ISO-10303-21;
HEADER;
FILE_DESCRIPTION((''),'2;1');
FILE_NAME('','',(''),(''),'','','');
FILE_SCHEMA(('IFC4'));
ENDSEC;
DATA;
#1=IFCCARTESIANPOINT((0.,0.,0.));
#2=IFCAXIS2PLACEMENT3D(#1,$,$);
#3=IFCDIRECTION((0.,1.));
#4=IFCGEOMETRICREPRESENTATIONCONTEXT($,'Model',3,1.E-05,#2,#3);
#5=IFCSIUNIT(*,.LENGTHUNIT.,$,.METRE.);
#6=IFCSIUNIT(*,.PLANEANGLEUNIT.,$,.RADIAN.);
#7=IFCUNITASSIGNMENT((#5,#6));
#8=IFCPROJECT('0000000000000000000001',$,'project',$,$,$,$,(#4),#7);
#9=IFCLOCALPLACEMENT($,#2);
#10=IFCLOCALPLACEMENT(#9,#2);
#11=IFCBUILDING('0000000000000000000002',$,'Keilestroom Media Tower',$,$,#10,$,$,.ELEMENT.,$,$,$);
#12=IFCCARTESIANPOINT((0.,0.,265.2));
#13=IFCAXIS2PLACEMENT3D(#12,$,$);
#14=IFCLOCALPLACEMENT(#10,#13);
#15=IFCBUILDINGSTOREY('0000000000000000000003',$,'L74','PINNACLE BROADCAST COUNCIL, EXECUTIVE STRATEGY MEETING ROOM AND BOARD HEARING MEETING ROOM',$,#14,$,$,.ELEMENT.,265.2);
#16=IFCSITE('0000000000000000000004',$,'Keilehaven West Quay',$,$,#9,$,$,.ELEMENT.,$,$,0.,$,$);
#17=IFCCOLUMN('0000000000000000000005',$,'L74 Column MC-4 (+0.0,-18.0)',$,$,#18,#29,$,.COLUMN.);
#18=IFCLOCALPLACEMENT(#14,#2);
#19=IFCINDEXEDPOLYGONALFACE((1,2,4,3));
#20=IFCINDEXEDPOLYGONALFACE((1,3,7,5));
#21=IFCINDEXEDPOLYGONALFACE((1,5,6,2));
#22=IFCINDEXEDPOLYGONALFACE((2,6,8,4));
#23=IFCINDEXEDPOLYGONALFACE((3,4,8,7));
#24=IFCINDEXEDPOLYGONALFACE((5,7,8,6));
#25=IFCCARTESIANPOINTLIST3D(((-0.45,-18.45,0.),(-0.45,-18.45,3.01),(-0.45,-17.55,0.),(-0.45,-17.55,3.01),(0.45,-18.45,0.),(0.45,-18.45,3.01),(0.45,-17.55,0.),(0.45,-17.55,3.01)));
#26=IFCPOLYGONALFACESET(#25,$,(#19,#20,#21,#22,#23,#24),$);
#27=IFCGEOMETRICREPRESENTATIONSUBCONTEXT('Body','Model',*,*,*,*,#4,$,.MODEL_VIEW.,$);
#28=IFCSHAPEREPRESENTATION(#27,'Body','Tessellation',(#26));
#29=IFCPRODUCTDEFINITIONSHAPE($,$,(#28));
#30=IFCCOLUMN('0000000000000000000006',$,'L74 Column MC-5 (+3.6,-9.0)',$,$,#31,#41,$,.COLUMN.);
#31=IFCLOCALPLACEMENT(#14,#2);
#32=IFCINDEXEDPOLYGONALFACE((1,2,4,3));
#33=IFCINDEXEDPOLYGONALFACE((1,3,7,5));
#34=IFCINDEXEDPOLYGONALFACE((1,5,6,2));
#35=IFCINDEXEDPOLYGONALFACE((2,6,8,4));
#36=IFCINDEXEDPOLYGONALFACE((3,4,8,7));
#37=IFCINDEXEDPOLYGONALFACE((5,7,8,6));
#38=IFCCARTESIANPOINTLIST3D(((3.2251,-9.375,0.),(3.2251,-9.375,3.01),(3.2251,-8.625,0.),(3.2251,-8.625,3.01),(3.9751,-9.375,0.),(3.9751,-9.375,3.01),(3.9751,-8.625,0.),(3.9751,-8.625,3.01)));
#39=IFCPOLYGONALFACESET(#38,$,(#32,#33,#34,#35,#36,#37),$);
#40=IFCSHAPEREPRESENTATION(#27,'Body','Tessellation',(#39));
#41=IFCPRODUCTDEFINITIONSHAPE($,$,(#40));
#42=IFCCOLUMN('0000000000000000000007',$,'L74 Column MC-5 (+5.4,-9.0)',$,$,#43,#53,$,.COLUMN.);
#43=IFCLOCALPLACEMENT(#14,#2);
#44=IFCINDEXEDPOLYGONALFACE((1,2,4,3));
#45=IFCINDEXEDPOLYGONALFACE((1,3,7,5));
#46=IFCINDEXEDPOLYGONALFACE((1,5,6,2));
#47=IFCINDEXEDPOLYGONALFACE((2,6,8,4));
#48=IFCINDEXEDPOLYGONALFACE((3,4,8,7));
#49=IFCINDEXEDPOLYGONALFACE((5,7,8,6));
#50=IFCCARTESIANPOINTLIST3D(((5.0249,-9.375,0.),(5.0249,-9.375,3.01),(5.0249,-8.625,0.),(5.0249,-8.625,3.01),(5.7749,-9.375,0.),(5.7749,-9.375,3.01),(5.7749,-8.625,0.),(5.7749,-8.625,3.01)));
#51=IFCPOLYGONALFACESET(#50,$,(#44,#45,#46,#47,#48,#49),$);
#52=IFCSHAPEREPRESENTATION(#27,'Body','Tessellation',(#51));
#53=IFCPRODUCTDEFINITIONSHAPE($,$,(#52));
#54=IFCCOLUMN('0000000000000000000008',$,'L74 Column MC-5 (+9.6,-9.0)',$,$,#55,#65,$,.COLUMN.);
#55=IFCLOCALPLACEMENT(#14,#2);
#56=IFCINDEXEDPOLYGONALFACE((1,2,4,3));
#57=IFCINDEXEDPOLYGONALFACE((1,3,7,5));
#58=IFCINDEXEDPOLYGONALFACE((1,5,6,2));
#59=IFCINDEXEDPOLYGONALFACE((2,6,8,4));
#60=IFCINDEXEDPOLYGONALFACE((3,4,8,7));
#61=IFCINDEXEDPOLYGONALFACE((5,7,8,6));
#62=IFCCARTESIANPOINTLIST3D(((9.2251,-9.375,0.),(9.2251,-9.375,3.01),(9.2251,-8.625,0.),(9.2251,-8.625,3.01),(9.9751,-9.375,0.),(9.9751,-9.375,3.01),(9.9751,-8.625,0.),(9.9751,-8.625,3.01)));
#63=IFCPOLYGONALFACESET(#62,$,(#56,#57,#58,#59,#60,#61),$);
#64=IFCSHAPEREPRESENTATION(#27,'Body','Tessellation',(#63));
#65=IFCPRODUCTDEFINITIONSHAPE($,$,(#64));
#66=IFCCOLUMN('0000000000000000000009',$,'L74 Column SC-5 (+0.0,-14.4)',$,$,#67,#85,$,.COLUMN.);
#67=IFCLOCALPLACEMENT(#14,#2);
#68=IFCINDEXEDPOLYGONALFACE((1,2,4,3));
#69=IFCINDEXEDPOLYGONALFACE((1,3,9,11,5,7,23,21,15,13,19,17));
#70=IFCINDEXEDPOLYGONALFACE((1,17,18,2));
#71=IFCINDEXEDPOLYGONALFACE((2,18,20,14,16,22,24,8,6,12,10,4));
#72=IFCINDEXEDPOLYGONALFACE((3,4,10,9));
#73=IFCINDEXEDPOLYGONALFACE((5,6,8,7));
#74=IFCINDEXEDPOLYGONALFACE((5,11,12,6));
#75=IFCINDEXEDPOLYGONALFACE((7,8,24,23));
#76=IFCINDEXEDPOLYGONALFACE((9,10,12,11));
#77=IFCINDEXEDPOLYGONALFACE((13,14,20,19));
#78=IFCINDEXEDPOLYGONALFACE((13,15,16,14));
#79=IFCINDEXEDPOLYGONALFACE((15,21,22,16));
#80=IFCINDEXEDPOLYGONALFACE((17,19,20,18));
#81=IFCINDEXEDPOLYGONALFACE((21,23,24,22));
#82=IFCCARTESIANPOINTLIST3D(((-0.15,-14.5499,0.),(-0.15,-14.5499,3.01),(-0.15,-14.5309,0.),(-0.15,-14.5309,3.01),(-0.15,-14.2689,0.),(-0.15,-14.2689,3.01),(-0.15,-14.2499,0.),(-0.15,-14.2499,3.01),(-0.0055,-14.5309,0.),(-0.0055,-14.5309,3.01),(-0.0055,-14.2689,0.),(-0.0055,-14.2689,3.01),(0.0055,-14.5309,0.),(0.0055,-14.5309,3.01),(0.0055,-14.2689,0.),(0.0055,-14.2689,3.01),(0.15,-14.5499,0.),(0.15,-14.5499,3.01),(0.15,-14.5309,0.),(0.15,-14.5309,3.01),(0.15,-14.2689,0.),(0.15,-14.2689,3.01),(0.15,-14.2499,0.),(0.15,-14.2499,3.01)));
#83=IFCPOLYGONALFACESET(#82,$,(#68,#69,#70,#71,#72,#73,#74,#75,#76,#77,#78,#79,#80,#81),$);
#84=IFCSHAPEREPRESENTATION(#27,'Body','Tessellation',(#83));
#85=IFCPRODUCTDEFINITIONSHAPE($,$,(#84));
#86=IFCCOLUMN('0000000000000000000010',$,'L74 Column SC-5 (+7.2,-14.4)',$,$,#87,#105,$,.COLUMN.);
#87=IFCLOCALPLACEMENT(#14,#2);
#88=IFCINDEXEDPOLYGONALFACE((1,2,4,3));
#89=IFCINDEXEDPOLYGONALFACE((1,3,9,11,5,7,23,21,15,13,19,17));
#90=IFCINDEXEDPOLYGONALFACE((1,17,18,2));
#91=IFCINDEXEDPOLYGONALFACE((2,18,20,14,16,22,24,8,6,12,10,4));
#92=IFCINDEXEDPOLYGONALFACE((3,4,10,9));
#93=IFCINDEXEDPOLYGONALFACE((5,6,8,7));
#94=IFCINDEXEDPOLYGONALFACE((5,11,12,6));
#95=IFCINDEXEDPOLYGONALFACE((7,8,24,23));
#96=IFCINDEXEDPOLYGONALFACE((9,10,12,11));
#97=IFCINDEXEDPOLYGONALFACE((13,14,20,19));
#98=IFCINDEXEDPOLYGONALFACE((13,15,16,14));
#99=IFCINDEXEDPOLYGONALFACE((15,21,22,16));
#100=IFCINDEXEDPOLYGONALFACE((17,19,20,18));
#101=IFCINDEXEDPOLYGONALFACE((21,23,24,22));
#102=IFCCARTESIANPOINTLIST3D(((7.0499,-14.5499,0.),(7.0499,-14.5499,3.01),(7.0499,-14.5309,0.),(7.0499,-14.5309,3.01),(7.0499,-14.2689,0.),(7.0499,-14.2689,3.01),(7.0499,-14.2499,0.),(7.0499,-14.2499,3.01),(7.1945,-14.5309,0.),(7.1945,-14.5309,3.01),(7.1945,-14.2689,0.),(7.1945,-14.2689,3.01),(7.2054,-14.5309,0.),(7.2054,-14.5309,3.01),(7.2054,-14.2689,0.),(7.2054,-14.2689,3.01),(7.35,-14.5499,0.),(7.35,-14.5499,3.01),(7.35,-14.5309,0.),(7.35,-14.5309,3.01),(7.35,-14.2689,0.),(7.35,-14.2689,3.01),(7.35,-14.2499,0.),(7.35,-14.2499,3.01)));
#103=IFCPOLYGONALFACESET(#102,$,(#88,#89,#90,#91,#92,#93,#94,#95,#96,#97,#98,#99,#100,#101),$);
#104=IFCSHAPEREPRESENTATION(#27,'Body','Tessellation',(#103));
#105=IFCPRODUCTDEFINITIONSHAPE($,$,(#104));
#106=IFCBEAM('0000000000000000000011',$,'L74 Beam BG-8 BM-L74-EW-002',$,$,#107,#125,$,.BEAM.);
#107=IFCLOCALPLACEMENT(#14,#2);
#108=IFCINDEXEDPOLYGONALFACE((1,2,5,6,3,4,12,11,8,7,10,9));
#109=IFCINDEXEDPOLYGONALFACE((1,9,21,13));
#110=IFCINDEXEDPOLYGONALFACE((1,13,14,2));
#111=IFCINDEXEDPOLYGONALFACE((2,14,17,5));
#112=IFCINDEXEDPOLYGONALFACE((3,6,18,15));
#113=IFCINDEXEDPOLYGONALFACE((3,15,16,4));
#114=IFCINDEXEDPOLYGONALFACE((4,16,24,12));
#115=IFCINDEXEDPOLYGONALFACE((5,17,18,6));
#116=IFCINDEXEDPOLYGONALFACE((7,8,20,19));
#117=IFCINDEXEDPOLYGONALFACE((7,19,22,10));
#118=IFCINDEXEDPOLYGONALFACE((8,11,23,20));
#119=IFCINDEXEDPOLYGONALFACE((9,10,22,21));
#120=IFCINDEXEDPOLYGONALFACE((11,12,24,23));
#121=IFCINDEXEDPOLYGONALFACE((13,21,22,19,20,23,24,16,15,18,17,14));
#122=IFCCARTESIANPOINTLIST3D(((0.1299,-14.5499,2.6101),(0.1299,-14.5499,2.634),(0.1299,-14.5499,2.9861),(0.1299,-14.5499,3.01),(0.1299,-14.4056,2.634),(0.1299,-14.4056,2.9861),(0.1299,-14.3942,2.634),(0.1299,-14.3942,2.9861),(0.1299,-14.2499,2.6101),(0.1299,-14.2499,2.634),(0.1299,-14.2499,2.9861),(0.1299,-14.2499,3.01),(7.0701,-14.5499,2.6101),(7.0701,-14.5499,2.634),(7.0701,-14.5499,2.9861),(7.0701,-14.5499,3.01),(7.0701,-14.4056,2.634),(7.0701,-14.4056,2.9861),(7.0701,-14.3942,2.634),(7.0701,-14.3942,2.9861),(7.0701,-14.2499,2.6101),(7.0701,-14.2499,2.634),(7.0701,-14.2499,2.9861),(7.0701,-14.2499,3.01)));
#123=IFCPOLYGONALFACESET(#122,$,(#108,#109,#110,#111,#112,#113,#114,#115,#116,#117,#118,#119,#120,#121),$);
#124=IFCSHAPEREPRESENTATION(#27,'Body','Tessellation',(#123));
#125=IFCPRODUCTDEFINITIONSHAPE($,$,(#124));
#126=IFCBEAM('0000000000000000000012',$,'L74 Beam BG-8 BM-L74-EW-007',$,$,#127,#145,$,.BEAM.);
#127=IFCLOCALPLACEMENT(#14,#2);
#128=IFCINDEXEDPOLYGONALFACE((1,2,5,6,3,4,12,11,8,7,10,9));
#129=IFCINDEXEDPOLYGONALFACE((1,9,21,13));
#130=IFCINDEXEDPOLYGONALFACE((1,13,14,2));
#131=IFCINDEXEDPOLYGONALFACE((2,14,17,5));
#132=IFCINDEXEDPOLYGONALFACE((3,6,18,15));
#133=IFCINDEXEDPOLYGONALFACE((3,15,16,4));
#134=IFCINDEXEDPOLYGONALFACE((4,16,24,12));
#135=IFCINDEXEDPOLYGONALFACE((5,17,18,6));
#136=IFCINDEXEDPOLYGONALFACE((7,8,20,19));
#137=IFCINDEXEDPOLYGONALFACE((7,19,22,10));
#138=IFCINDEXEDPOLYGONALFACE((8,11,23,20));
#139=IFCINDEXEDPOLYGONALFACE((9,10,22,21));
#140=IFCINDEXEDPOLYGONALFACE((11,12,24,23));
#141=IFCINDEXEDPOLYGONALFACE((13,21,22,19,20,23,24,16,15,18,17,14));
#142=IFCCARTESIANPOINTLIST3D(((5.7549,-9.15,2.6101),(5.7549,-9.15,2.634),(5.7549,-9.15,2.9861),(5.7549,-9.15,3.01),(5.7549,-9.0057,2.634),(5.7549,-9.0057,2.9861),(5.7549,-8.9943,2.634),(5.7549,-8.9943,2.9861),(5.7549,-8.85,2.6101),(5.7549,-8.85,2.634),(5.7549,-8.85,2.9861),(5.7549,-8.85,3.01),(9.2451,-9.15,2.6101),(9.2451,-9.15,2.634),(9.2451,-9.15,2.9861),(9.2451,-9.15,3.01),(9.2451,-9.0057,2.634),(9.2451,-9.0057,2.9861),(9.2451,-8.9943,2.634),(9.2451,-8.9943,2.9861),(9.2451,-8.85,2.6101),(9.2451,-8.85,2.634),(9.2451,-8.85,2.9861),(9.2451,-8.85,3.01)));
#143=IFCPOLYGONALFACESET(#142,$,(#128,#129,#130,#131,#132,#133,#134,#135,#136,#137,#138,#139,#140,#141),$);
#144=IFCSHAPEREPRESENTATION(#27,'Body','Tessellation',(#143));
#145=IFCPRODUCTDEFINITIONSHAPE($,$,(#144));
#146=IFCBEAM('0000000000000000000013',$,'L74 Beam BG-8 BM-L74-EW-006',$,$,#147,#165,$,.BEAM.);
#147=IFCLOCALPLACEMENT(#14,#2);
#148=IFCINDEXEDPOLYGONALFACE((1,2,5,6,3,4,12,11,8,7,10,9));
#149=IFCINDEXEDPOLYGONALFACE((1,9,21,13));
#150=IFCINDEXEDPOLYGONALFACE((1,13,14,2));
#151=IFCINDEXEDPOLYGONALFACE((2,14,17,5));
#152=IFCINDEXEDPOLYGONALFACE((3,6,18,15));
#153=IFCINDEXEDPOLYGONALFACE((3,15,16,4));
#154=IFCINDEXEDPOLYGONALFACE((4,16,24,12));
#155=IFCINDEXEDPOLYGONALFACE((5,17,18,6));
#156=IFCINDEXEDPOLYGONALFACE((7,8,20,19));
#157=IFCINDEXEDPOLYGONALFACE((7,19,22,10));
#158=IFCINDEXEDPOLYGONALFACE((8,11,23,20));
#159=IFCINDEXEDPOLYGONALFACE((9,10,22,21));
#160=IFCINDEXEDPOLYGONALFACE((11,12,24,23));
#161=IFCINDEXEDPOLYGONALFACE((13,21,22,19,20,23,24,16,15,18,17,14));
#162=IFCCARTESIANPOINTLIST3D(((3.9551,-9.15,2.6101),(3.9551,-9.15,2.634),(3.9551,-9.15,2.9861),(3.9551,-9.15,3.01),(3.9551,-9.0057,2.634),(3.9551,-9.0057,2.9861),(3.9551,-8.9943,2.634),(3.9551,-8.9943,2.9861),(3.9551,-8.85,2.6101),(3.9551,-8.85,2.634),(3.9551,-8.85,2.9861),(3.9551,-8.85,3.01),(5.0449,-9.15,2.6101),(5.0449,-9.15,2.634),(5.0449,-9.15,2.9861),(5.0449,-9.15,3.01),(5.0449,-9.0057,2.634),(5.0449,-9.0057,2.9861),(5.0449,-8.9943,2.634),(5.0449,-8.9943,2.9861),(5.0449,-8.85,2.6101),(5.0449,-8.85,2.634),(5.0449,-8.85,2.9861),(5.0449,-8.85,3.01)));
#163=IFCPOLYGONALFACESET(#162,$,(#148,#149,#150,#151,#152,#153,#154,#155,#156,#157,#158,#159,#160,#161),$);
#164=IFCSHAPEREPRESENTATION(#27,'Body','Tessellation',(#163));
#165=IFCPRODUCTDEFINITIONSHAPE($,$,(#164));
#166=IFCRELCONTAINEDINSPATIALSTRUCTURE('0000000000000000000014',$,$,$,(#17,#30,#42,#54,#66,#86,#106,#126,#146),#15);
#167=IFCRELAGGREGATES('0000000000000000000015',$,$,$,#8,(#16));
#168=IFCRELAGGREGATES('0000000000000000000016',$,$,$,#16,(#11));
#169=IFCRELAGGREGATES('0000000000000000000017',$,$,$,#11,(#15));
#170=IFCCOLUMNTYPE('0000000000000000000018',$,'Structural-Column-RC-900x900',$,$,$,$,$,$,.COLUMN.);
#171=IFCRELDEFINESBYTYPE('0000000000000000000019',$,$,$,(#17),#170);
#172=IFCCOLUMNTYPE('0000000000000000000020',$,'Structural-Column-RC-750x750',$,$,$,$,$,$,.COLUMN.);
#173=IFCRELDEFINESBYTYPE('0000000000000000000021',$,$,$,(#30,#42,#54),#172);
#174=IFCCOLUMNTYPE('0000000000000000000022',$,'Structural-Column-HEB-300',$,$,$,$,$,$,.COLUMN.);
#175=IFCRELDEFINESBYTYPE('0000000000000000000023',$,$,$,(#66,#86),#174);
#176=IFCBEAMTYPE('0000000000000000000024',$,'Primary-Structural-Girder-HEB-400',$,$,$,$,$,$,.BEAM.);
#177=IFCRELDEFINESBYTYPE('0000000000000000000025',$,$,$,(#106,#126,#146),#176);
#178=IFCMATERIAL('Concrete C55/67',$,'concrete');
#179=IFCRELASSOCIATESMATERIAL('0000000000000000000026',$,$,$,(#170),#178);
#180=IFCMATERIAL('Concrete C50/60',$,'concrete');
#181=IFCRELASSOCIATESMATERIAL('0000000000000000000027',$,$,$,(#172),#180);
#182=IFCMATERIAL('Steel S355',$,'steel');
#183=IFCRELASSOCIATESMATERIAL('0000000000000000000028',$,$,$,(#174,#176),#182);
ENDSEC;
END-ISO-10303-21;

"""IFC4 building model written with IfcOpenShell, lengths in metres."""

from ifc_helpers import new_model, si_unit, direction, frame, origin, origin_2d, place, context, subcontext, project, spatial, rectangle, i_section, extrude, source, transform, mapped, material, material_profile, profile_set, type_object, element, save


model = new_model("IFC4")

# Units and contexts
model_context = context("Model", 3, precision=1e-05, world=origin(), true_north=direction((0.0, 1.0)))
body_context = subcontext(model_context, "Body", "Model", "MODEL_VIEW")
ifc_project = project(units=[si_unit("LENGTHUNIT", "METRE"), si_unit("PLANEANGLEUNIT", "RADIAN")], contexts=[model_context])

# Site, building, storey
site_placement = place(None, origin())
site = spatial("IfcSite", under=ifc_project, at=site_placement, Name="Keilehaven West Quay", CompositionType="ELEMENT", RefElevation=0.0)
building_placement = place(site_placement, origin())
building = spatial("IfcBuilding", under=site, at=building_placement, Name="Keilestroom Media Tower", CompositionType="ELEMENT")
storey_placement = place(building_placement, frame((0.0, 0.0, 265.2)))
storey = spatial("IfcBuildingStorey", under=building, at=storey_placement, Name="L74", Description="PINNACLE BROADCAST COUNCIL, EXECUTIVE STRATEGY MEETING ROOM AND BOARD HEARING MEETING ROOM", CompositionType="ELEMENT", Elevation=265.2)

# Columns
ifc_material_1 = material(Name="Concrete C55/67", Category="concrete")
ifc_material_profile_1 = material_profile(ifc_material_1, rectangle(XDim=0.8999, YDim=0.8999, at=origin_2d()), Name="RC 900x900")
ifc_profile_set_1 = profile_set([ifc_material_profile_1], Name="Concrete C55/67")
column_type_1 = type_object("IfcColumnType", Name="Structural-Column-RC-900x900", PredefinedType="COLUMN", material=ifc_profile_set_1)
shared_shape_1 = source(origin(), body_context, "Body", "SweptSolid", [
    extrude(rectangle(XDim=0.8999, YDim=0.8999, at=origin_2d()), origin(), (0.0, 0.0, 1.0), 3.01),
])
column_placement = place(storey_placement, frame((0.0, -18.0, 0.0), z_axis=(0.0, 0.0, 1.0), x_axis=(1.0, 0.0, 0.0)))
element("IfcColumn", 1, at=column_placement, inside=storey, type_object=column_type_1, Name="L74 Column MC-4 (+0.0,-18.0)", PredefinedType="COLUMN", context=body_context, shape_type="MappedRepresentation", body=[
    mapped(shared_shape_1, transform((0.0, 0.0, 0.0), x_axis=(1.0, 0.0, 0.0), y_axis=(0.0, 1.0, 0.0), z_axis=(0.0, 0.0, 1.0), scale=1.0)),
])
ifc_material_2 = material(Name="Concrete C50/60", Category="concrete")
ifc_material_profile_2 = material_profile(ifc_material_2, rectangle(XDim=0.75, YDim=0.75, at=origin_2d()), Name="RC 750x750")
ifc_profile_set_2 = profile_set([ifc_material_profile_2], Name="Concrete C50/60")
column_type_2 = type_object("IfcColumnType", Name="Structural-Column-RC-750x750", PredefinedType="COLUMN", material=ifc_profile_set_2)
shared_shape_2 = source(origin(), body_context, "Body", "SweptSolid", [
    extrude(rectangle(XDim=0.75, YDim=0.75, at=origin_2d()), origin(), (0.0, 0.0, 1.0), 3.01),
])
for number, where, z_axis, x_axis, name in (
    (2, (3.6001, -9.0, 0.0), (0.0, 0.0, 1.0), (1.0, 0.0, 0.0), "L74 Column MC-5 (+3.6,-9.0)"),
    (3, (5.3999, -9.0, 0.0), (0.0, 0.0, 1.0), (1.0, 0.0, 0.0), "L74 Column MC-5 (+5.4,-9.0)"),
    (4, (9.6001, -9.0, 0.0), (0.0, 0.0, 1.0), (1.0, 0.0, 0.0), "L74 Column MC-5 (+9.6,-9.0)"),
):
    element("IfcColumn", number, at=place(storey_placement, frame(where, z_axis=z_axis, x_axis=x_axis)), inside=storey, type_object=column_type_2, Name=name, PredefinedType="COLUMN", context=body_context, shape_type="MappedRepresentation", body=[
        mapped(shared_shape_2, transform((0.0, 0.0, 0.0), x_axis=(1.0, 0.0, 0.0), y_axis=(0.0, 1.0, 0.0), z_axis=(0.0, 0.0, 1.0), scale=1.0)),
    ])
ifc_material_3 = material(Name="Steel S355", Category="steel")
ifc_material_profile_3 = material_profile(ifc_material_3, i_section(OverallWidth=0.3, OverallDepth=0.3, WebThickness=0.011, FlangeThickness=0.019, at=origin_2d()), Name="HEB 300")
ifc_profile_set_3 = profile_set([ifc_material_profile_3], Name="Steel S355")
column_type_3 = type_object("IfcColumnType", Name="Structural-Column-HEB-300", PredefinedType="COLUMN", material=ifc_profile_set_3)
shared_shape_3 = source(origin(), body_context, "Body", "SweptSolid", [
    extrude(i_section(OverallWidth=0.3, OverallDepth=0.3, WebThickness=0.011, FlangeThickness=0.019, at=origin_2d()), origin(), (0.0, 0.0, 1.0), 3.01),
])
for number, where, z_axis, x_axis, name in (
    (5, (0.0, -14.3999, 0.0), (0.0, 0.0, 1.0), (1.0, 0.0, 0.0), "L74 Column SC-5 (+0.0,-14.4)"),
    (6, (7.2, -14.3999, 0.0), (0.0, 0.0, 1.0), (1.0, 0.0, 0.0), "L74 Column SC-5 (+7.2,-14.4)"),
):
    element("IfcColumn", number, at=place(storey_placement, frame(where, z_axis=z_axis, x_axis=x_axis)), inside=storey, type_object=column_type_3, Name=name, PredefinedType="COLUMN", context=body_context, shape_type="MappedRepresentation", body=[
        mapped(shared_shape_3, transform((0.0, 0.0, 0.0), x_axis=(1.0, 0.0, 0.0), y_axis=(0.0, 1.0, 0.0), z_axis=(0.0, 0.0, 1.0), scale=1.0)),
    ])

# Beams
ifc_material_profile_4 = material_profile(ifc_material_3, i_section(OverallWidth=0.3, OverallDepth=0.3999, WebThickness=0.0115, FlangeThickness=0.0239, at=origin_2d()), Name="HEB 400")
ifc_profile_set_4 = profile_set([ifc_material_profile_4], Name="Steel S355")
beam_type_1 = type_object("IfcBeamType", Name="Primary-Structural-Girder-HEB-400", PredefinedType="BEAM", material=ifc_profile_set_4)
shared_shape_4 = source(origin(), body_context, "Body", "SweptSolid", [
    extrude(i_section(OverallWidth=0.3, OverallDepth=0.3999, WebThickness=0.0115, FlangeThickness=0.0239, at=origin_2d()), origin(), (0.0, 0.0, 1.0), 6.9402),
])
beam_1_placement = place(storey_placement, frame((0.1299, -14.3999, 2.8101), z_axis=(1.0, 0.0, 0.0), x_axis=(0.0, 1.0, 0.0)))
element("IfcBeam", 7, at=beam_1_placement, inside=storey, type_object=beam_type_1, Name="L74 Beam BG-8 BM-L74-EW-002", PredefinedType="BEAM", context=body_context, shape_type="MappedRepresentation", body=[
    mapped(shared_shape_4, transform((0.0, 0.0, 0.0), x_axis=(1.0, 0.0, 0.0), y_axis=(0.0, 1.0, 0.0), z_axis=(0.0, 0.0, 1.0), scale=1.0)),
])
shared_shape_5 = source(origin(), body_context, "Body", "SweptSolid", [
    extrude(i_section(OverallWidth=0.3, OverallDepth=0.3999, WebThickness=0.0115, FlangeThickness=0.0239, at=origin_2d()), origin(), (0.0, 0.0, 1.0), 3.4902),
])
beam_2_placement = place(storey_placement, frame((5.7549, -9.0, 2.8101), z_axis=(1.0, 0.0, 0.0), x_axis=(0.0, 1.0, 0.0)))
element("IfcBeam", 8, at=beam_2_placement, inside=storey, type_object=beam_type_1, Name="L74 Beam BG-8 BM-L74-EW-007", PredefinedType="BEAM", context=body_context, shape_type="MappedRepresentation", body=[
    mapped(shared_shape_5, transform((0.0, 0.0, 0.0), x_axis=(1.0, 0.0, 0.0), y_axis=(0.0, 1.0, 0.0), z_axis=(0.0, 0.0, 1.0), scale=1.0)),
])
shared_shape_6 = source(origin(), body_context, "Body", "SweptSolid", [
    extrude(i_section(OverallWidth=0.3, OverallDepth=0.3999, WebThickness=0.0115, FlangeThickness=0.0239, at=origin_2d()), origin(), (0.0, 0.0, 1.0), 1.0898),
])
beam_3_placement = place(storey_placement, frame((3.9551, -9.0, 2.8101), z_axis=(1.0, 0.0, 0.0), x_axis=(0.0, 1.0, 0.0)))
element("IfcBeam", 9, at=beam_3_placement, inside=storey, type_object=beam_type_1, Name="L74 Beam BG-8 BM-L74-EW-006", PredefinedType="BEAM", context=body_context, shape_type="MappedRepresentation", body=[
    mapped(shared_shape_6, transform((0.0, 0.0, 0.0), x_axis=(1.0, 0.0, 0.0), y_axis=(0.0, 1.0, 0.0), z_axis=(0.0, 0.0, 1.0), scale=1.0)),
])

save(model, "model.ifc")
